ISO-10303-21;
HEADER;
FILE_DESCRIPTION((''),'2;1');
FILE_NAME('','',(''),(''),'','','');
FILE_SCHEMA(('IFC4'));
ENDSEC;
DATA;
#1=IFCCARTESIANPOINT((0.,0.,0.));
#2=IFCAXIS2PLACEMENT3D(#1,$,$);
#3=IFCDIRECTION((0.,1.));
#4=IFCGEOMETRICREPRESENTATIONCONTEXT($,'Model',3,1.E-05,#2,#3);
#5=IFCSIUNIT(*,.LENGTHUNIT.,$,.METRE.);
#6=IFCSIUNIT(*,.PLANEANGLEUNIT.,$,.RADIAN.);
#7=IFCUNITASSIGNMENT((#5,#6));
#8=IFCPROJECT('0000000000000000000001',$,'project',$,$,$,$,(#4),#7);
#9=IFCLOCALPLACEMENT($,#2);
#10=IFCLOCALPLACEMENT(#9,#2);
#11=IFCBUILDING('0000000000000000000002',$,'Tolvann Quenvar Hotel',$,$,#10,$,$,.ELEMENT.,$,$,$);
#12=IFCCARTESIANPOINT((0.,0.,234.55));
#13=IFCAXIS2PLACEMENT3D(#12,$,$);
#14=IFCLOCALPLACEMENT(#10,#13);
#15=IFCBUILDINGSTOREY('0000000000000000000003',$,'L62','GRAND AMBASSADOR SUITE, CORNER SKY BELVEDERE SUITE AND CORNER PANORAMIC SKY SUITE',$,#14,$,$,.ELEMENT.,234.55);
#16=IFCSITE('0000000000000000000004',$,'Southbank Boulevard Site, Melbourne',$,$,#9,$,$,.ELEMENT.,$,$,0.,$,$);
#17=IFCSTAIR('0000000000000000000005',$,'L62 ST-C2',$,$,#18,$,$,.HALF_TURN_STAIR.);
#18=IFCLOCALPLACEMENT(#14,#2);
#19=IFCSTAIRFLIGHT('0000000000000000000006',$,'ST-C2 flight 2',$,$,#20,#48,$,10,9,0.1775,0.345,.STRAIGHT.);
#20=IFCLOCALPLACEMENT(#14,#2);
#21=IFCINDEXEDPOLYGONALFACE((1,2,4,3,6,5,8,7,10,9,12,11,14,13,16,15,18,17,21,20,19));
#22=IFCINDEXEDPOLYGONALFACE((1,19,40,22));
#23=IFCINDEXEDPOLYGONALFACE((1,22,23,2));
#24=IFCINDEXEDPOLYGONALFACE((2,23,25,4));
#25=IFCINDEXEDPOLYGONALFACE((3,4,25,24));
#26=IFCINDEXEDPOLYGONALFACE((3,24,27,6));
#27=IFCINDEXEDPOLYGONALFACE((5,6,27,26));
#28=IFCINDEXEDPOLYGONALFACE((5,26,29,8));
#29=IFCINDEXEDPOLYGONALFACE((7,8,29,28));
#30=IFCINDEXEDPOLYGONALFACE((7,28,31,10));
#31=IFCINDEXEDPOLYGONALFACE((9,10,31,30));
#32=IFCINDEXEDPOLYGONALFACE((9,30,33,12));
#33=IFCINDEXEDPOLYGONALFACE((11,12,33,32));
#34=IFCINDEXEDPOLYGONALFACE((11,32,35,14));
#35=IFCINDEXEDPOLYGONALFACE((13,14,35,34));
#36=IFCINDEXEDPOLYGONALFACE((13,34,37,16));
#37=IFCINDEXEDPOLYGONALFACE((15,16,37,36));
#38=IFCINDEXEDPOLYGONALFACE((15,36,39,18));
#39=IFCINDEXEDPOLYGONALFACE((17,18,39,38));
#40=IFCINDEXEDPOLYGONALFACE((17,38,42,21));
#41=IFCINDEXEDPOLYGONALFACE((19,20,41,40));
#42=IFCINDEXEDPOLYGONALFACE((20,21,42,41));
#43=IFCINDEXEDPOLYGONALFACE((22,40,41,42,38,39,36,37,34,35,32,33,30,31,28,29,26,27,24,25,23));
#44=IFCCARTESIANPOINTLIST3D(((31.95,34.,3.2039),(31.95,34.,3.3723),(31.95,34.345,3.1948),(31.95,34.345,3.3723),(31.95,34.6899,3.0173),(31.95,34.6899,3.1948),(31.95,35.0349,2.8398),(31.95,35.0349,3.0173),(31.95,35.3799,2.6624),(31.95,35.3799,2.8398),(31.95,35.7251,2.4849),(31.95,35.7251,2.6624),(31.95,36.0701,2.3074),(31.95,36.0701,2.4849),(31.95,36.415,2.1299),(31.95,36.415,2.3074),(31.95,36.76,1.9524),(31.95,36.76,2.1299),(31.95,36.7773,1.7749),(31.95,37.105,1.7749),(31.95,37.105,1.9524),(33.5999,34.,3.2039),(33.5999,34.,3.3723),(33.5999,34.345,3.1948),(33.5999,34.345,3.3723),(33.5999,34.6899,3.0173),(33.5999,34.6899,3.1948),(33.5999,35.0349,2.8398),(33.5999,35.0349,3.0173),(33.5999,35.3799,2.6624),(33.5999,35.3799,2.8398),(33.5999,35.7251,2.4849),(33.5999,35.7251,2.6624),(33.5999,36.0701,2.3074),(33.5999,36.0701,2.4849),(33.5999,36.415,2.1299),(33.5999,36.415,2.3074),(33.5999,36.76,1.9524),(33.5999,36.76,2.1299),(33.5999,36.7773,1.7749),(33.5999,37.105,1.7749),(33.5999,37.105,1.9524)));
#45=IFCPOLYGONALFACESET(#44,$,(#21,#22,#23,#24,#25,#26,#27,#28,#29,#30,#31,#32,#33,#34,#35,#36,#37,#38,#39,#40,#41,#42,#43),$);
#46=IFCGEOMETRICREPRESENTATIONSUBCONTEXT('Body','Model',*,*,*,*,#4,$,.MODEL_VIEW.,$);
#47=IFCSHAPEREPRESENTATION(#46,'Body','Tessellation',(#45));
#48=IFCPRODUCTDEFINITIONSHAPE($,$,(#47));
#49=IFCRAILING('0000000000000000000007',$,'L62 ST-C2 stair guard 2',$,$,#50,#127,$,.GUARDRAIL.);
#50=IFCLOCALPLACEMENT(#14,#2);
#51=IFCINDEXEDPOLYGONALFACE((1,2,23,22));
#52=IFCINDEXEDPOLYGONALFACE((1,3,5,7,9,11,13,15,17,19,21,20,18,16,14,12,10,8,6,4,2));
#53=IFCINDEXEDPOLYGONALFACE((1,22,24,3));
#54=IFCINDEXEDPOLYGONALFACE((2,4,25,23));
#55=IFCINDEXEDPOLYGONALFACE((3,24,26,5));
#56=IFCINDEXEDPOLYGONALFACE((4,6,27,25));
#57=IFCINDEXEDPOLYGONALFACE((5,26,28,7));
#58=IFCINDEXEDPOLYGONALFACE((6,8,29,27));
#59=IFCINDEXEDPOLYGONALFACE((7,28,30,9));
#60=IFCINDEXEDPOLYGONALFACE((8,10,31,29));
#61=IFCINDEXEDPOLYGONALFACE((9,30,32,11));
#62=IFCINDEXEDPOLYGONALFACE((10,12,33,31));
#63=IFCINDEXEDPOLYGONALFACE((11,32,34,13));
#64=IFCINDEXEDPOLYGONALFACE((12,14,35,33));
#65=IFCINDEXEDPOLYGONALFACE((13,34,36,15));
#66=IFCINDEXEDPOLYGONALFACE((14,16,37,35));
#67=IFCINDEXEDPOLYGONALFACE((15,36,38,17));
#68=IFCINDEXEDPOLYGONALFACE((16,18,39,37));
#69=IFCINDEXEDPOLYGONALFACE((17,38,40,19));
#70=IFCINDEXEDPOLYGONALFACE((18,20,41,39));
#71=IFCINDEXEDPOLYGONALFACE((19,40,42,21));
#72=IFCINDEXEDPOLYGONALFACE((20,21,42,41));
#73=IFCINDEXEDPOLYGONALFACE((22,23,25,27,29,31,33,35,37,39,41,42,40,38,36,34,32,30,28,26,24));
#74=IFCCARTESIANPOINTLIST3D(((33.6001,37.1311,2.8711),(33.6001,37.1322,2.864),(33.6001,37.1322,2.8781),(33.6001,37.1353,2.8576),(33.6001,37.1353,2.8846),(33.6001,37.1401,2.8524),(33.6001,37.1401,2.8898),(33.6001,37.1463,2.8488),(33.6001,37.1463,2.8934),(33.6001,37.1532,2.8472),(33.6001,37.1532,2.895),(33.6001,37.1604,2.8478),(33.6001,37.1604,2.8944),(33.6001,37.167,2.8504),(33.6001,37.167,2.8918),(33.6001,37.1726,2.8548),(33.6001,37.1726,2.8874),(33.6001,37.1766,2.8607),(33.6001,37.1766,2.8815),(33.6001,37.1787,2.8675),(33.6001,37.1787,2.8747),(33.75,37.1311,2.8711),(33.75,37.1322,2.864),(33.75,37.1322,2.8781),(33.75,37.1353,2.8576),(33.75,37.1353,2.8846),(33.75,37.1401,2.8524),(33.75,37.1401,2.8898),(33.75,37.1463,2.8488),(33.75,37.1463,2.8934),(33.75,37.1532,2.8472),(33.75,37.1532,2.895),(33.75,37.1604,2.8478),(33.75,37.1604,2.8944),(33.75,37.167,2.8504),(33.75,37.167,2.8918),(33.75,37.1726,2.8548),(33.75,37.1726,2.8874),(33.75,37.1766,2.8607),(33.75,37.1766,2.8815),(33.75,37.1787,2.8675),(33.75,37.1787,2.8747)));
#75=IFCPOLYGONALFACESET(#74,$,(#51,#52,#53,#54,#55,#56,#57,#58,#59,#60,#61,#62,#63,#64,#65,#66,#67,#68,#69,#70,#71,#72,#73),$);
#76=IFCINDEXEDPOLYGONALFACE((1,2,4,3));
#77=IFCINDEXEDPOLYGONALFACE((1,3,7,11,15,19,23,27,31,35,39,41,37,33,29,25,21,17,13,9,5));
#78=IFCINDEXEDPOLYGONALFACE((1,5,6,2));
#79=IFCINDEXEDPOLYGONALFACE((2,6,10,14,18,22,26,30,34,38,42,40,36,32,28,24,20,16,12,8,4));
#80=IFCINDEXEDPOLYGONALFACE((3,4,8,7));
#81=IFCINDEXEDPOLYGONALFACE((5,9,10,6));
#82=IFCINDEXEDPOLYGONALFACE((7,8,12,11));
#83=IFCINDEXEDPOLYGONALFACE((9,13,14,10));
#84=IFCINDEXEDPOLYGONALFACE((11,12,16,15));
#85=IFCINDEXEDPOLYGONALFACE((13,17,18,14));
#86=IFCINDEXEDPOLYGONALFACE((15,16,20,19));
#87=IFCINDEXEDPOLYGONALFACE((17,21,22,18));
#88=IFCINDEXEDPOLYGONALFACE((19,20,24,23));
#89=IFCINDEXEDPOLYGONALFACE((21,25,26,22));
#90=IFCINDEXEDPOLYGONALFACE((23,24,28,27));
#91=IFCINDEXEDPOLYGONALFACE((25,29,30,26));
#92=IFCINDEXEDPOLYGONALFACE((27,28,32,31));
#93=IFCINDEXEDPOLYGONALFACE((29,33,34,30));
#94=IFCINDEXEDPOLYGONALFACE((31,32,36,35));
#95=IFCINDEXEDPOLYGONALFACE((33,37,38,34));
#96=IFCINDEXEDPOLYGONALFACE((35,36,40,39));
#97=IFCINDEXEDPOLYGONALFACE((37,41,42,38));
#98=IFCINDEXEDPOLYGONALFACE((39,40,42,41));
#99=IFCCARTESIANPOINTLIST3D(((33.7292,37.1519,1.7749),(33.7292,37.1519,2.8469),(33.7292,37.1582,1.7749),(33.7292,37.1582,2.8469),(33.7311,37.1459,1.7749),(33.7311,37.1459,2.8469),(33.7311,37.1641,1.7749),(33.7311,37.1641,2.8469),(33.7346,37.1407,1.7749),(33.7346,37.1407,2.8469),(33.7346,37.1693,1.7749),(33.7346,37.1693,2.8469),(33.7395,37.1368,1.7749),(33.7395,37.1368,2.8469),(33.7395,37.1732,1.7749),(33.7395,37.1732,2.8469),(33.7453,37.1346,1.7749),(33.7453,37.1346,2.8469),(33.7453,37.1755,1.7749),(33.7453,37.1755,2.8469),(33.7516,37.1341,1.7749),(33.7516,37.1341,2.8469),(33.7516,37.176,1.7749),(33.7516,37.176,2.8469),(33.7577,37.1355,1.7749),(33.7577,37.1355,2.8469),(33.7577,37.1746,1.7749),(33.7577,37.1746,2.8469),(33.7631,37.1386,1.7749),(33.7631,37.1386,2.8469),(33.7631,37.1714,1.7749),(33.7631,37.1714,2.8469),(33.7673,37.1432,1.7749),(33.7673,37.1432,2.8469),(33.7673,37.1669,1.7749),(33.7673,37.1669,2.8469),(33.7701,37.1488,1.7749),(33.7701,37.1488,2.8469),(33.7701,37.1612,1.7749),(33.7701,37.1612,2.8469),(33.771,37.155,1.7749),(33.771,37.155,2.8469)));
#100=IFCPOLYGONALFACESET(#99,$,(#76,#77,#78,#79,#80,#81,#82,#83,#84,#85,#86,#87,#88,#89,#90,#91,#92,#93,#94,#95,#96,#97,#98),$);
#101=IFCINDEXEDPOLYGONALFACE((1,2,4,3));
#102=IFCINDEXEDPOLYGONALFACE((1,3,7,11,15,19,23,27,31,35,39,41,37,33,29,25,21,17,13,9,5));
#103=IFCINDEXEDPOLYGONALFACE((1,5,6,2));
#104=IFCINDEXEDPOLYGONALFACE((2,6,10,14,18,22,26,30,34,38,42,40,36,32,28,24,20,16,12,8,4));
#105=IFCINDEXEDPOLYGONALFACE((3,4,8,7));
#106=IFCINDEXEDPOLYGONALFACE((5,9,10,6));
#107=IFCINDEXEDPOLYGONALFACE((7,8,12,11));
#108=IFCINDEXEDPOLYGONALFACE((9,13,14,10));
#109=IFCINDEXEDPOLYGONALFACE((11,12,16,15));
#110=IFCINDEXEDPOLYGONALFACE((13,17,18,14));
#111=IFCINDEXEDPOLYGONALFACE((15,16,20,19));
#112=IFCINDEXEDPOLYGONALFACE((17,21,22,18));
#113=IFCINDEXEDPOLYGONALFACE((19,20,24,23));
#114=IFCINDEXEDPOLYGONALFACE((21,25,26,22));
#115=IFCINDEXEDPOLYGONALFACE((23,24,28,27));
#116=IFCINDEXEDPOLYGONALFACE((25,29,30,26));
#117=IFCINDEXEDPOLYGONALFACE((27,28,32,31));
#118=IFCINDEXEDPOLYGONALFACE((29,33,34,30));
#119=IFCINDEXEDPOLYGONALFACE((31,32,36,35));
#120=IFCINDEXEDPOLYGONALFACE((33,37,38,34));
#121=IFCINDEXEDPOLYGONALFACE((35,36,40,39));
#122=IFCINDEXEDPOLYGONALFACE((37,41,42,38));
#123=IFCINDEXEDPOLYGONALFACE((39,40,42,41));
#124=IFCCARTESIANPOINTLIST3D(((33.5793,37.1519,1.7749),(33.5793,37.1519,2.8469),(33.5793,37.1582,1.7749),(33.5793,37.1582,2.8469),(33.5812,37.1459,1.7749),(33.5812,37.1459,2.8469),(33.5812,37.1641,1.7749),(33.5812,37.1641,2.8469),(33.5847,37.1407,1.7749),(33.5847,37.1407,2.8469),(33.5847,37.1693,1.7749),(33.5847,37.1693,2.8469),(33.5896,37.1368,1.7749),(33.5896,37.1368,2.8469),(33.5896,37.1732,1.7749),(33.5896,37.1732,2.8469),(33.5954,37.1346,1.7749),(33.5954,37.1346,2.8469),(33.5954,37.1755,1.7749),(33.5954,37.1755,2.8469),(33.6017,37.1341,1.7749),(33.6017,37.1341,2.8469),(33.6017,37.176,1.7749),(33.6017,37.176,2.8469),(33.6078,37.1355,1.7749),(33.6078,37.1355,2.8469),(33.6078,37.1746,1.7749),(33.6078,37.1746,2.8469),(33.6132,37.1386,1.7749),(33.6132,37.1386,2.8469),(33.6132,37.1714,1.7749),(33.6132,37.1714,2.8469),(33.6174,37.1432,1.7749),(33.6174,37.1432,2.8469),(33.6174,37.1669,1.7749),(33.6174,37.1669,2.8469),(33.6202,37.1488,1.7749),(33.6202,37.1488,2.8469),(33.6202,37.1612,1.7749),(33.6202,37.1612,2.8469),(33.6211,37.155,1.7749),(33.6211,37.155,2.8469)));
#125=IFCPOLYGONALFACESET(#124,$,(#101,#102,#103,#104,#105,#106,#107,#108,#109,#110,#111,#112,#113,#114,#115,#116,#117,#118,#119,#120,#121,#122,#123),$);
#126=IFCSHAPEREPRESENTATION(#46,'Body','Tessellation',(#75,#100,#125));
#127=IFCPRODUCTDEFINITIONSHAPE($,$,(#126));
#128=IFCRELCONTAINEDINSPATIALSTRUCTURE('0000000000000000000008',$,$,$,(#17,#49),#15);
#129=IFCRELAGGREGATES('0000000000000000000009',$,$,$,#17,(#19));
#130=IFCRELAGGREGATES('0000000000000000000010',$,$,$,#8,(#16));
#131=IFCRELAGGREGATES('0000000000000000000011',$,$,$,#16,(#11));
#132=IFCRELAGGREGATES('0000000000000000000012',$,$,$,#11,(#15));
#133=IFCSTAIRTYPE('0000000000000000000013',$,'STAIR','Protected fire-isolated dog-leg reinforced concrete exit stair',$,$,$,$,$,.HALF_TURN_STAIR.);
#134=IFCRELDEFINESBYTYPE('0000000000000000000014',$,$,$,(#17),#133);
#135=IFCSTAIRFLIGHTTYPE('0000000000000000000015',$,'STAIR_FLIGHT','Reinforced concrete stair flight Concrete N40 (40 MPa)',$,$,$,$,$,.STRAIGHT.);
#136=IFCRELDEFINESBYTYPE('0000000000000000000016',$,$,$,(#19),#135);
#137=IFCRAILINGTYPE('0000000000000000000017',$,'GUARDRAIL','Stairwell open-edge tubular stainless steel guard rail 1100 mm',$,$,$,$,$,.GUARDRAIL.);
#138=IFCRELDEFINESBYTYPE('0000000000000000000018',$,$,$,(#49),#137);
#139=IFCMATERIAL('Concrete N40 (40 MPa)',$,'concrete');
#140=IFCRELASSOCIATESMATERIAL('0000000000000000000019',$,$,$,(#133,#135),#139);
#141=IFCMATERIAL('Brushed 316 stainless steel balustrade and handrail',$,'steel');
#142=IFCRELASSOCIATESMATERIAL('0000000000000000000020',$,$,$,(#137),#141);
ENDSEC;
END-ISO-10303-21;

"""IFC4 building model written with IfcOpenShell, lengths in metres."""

from ifc_helpers import new_model, si_unit, direction, frame, origin, origin_2d, place, context, subcontext, project, spatial, polyline, circle, outline, extrude, material, type_object, element, aggregate, save


model = new_model("IFC4")

# Units and contexts
model_context = context("Model", 3, precision=1e-05, world=origin(), true_north=direction((0.0, 1.0)))
body_context = subcontext(model_context, "Body", "Model", "MODEL_VIEW")
ifc_project = project(units=[si_unit("LENGTHUNIT", "METRE"), si_unit("PLANEANGLEUNIT", "RADIAN")], contexts=[model_context])

# Site, building, storey
site_placement = place(None, origin())
site = spatial("IfcSite", under=ifc_project, at=site_placement, Name="Southbank Boulevard Site, Melbourne", CompositionType="ELEMENT", RefElevation=0.0)
building_placement = place(site_placement, origin())
building = spatial("IfcBuilding", under=site, at=building_placement, Name="Tolvann Quenvar Hotel", CompositionType="ELEMENT")
storey_placement = place(building_placement, frame((0.0, 0.0, 234.55)))
storey = spatial("IfcBuildingStorey", under=building, at=storey_placement, Name="L62", Description="GRAND AMBASSADOR SUITE, CORNER SKY BELVEDERE SUITE AND CORNER PANORAMIC SKY SUITE", CompositionType="ELEMENT", Elevation=234.55)

# Shared definitions
ifc_material_1 = material(Name="Concrete N40 (40 MPa)", Category="concrete")

# Stair, stair flight
stair_type = type_object("IfcStairType", Name="STAIR", Description="Protected fire-isolated dog-leg reinforced concrete exit stair", PredefinedType="HALF_TURN_STAIR", material=ifc_material_1)
stair_placement = place(storey_placement, origin())
stair = element("IfcStair", 1, at=stair_placement, inside=storey, type_object=stair_type, Name="L62 ST-C2", PredefinedType="HALF_TURN_STAIR")
stair_flight_type = type_object("IfcStairFlightType", Name="STAIR_FLIGHT", Description="Reinforced concrete stair flight Concrete N40 (40 MPa)", PredefinedType="STRAIGHT", material=ifc_material_1)
stair_flight_placement = place(storey_placement, frame((32.7749, 37.105, 1.7749), z_axis=(0.0, 0.0, 1.0), x_axis=(0.0, -1.0, 0.0)))
stair_flight = element("IfcStairFlight", 2, at=stair_flight_placement, type_object=stair_flight_type, Name="ST-C2 flight 2", NumberOfRisers=10, NumberOfTreads=9, PredefinedType="STRAIGHT", RiserHeight=0.1775, TreadLength=0.345, context=body_context, shape_type="SweptSolid", body=[
    extrude(outline(polyline([(0.0, 0.0), (0.0, 0.1775), (0.345, 0.1775), (0.345, 0.355), (0.6899, 0.355), (0.6899, 0.5325), (1.0349, 0.5325), (1.0349, 0.71), (1.3799, 0.71), (1.3799, 0.8875), (1.7251, 0.8875), (1.7251, 1.0649), (2.0701, 1.0649), (2.0701, 1.2424), (2.415, 1.2424), (2.415, 1.4199), (2.76, 1.4199), (2.76, 1.5974), (3.105, 1.5974), (3.105, 1.7749), (3.105, 1.429), (0.3276, 0.0), (0.0, 0.0)])), frame((0.0, 0.825, 0.0), z_axis=(0.0, -1.0, 0.0), x_axis=(1.0, 0.0, 0.0)), (0.0, 0.0, 1.0), 1.6499),
])
aggregate(stair, [stair_flight])

# Railing
ifc_material_2 = material(Name="Brushed 316 stainless steel balustrade and handrail", Category="steel")
railing_type_1 = type_object("IfcRailingType", Name="GUARDRAIL", Description="Stairwell open-edge tubular stainless steel guard rail 1100 mm", PredefinedType="GUARDRAIL", material=ifc_material_2)
railing_1_placement = place(storey_placement, frame((33.75, 37.155, 1.7749)))
element("IfcRailing", 3, at=railing_1_placement, inside=storey, type_object=railing_type_1, Name="L62 ST-C2 stair guard 2", PredefinedType="GUARDRAIL", context=body_context, shape_type="SweptSolid", body=[
    extrude(circle(Radius=0.0239, at=origin_2d()), frame((0.0, 0.0, 1.0962), z_axis=(-1.0, 0.0, 0.0), x_axis=(0.0, -1.0, 0.0)), (0.0, 0.0, 1.0), 0.1499),
    extrude(circle(Radius=0.021, at=origin_2d()), origin(), (0.0, 0.0, 1.0), 1.072),
    extrude(circle(Radius=0.021, at=origin_2d()), frame((-0.1499, 0.0, 0.0)), (0.0, 0.0, 1.0), 1.072),
])

save(model, "model.ifc")
